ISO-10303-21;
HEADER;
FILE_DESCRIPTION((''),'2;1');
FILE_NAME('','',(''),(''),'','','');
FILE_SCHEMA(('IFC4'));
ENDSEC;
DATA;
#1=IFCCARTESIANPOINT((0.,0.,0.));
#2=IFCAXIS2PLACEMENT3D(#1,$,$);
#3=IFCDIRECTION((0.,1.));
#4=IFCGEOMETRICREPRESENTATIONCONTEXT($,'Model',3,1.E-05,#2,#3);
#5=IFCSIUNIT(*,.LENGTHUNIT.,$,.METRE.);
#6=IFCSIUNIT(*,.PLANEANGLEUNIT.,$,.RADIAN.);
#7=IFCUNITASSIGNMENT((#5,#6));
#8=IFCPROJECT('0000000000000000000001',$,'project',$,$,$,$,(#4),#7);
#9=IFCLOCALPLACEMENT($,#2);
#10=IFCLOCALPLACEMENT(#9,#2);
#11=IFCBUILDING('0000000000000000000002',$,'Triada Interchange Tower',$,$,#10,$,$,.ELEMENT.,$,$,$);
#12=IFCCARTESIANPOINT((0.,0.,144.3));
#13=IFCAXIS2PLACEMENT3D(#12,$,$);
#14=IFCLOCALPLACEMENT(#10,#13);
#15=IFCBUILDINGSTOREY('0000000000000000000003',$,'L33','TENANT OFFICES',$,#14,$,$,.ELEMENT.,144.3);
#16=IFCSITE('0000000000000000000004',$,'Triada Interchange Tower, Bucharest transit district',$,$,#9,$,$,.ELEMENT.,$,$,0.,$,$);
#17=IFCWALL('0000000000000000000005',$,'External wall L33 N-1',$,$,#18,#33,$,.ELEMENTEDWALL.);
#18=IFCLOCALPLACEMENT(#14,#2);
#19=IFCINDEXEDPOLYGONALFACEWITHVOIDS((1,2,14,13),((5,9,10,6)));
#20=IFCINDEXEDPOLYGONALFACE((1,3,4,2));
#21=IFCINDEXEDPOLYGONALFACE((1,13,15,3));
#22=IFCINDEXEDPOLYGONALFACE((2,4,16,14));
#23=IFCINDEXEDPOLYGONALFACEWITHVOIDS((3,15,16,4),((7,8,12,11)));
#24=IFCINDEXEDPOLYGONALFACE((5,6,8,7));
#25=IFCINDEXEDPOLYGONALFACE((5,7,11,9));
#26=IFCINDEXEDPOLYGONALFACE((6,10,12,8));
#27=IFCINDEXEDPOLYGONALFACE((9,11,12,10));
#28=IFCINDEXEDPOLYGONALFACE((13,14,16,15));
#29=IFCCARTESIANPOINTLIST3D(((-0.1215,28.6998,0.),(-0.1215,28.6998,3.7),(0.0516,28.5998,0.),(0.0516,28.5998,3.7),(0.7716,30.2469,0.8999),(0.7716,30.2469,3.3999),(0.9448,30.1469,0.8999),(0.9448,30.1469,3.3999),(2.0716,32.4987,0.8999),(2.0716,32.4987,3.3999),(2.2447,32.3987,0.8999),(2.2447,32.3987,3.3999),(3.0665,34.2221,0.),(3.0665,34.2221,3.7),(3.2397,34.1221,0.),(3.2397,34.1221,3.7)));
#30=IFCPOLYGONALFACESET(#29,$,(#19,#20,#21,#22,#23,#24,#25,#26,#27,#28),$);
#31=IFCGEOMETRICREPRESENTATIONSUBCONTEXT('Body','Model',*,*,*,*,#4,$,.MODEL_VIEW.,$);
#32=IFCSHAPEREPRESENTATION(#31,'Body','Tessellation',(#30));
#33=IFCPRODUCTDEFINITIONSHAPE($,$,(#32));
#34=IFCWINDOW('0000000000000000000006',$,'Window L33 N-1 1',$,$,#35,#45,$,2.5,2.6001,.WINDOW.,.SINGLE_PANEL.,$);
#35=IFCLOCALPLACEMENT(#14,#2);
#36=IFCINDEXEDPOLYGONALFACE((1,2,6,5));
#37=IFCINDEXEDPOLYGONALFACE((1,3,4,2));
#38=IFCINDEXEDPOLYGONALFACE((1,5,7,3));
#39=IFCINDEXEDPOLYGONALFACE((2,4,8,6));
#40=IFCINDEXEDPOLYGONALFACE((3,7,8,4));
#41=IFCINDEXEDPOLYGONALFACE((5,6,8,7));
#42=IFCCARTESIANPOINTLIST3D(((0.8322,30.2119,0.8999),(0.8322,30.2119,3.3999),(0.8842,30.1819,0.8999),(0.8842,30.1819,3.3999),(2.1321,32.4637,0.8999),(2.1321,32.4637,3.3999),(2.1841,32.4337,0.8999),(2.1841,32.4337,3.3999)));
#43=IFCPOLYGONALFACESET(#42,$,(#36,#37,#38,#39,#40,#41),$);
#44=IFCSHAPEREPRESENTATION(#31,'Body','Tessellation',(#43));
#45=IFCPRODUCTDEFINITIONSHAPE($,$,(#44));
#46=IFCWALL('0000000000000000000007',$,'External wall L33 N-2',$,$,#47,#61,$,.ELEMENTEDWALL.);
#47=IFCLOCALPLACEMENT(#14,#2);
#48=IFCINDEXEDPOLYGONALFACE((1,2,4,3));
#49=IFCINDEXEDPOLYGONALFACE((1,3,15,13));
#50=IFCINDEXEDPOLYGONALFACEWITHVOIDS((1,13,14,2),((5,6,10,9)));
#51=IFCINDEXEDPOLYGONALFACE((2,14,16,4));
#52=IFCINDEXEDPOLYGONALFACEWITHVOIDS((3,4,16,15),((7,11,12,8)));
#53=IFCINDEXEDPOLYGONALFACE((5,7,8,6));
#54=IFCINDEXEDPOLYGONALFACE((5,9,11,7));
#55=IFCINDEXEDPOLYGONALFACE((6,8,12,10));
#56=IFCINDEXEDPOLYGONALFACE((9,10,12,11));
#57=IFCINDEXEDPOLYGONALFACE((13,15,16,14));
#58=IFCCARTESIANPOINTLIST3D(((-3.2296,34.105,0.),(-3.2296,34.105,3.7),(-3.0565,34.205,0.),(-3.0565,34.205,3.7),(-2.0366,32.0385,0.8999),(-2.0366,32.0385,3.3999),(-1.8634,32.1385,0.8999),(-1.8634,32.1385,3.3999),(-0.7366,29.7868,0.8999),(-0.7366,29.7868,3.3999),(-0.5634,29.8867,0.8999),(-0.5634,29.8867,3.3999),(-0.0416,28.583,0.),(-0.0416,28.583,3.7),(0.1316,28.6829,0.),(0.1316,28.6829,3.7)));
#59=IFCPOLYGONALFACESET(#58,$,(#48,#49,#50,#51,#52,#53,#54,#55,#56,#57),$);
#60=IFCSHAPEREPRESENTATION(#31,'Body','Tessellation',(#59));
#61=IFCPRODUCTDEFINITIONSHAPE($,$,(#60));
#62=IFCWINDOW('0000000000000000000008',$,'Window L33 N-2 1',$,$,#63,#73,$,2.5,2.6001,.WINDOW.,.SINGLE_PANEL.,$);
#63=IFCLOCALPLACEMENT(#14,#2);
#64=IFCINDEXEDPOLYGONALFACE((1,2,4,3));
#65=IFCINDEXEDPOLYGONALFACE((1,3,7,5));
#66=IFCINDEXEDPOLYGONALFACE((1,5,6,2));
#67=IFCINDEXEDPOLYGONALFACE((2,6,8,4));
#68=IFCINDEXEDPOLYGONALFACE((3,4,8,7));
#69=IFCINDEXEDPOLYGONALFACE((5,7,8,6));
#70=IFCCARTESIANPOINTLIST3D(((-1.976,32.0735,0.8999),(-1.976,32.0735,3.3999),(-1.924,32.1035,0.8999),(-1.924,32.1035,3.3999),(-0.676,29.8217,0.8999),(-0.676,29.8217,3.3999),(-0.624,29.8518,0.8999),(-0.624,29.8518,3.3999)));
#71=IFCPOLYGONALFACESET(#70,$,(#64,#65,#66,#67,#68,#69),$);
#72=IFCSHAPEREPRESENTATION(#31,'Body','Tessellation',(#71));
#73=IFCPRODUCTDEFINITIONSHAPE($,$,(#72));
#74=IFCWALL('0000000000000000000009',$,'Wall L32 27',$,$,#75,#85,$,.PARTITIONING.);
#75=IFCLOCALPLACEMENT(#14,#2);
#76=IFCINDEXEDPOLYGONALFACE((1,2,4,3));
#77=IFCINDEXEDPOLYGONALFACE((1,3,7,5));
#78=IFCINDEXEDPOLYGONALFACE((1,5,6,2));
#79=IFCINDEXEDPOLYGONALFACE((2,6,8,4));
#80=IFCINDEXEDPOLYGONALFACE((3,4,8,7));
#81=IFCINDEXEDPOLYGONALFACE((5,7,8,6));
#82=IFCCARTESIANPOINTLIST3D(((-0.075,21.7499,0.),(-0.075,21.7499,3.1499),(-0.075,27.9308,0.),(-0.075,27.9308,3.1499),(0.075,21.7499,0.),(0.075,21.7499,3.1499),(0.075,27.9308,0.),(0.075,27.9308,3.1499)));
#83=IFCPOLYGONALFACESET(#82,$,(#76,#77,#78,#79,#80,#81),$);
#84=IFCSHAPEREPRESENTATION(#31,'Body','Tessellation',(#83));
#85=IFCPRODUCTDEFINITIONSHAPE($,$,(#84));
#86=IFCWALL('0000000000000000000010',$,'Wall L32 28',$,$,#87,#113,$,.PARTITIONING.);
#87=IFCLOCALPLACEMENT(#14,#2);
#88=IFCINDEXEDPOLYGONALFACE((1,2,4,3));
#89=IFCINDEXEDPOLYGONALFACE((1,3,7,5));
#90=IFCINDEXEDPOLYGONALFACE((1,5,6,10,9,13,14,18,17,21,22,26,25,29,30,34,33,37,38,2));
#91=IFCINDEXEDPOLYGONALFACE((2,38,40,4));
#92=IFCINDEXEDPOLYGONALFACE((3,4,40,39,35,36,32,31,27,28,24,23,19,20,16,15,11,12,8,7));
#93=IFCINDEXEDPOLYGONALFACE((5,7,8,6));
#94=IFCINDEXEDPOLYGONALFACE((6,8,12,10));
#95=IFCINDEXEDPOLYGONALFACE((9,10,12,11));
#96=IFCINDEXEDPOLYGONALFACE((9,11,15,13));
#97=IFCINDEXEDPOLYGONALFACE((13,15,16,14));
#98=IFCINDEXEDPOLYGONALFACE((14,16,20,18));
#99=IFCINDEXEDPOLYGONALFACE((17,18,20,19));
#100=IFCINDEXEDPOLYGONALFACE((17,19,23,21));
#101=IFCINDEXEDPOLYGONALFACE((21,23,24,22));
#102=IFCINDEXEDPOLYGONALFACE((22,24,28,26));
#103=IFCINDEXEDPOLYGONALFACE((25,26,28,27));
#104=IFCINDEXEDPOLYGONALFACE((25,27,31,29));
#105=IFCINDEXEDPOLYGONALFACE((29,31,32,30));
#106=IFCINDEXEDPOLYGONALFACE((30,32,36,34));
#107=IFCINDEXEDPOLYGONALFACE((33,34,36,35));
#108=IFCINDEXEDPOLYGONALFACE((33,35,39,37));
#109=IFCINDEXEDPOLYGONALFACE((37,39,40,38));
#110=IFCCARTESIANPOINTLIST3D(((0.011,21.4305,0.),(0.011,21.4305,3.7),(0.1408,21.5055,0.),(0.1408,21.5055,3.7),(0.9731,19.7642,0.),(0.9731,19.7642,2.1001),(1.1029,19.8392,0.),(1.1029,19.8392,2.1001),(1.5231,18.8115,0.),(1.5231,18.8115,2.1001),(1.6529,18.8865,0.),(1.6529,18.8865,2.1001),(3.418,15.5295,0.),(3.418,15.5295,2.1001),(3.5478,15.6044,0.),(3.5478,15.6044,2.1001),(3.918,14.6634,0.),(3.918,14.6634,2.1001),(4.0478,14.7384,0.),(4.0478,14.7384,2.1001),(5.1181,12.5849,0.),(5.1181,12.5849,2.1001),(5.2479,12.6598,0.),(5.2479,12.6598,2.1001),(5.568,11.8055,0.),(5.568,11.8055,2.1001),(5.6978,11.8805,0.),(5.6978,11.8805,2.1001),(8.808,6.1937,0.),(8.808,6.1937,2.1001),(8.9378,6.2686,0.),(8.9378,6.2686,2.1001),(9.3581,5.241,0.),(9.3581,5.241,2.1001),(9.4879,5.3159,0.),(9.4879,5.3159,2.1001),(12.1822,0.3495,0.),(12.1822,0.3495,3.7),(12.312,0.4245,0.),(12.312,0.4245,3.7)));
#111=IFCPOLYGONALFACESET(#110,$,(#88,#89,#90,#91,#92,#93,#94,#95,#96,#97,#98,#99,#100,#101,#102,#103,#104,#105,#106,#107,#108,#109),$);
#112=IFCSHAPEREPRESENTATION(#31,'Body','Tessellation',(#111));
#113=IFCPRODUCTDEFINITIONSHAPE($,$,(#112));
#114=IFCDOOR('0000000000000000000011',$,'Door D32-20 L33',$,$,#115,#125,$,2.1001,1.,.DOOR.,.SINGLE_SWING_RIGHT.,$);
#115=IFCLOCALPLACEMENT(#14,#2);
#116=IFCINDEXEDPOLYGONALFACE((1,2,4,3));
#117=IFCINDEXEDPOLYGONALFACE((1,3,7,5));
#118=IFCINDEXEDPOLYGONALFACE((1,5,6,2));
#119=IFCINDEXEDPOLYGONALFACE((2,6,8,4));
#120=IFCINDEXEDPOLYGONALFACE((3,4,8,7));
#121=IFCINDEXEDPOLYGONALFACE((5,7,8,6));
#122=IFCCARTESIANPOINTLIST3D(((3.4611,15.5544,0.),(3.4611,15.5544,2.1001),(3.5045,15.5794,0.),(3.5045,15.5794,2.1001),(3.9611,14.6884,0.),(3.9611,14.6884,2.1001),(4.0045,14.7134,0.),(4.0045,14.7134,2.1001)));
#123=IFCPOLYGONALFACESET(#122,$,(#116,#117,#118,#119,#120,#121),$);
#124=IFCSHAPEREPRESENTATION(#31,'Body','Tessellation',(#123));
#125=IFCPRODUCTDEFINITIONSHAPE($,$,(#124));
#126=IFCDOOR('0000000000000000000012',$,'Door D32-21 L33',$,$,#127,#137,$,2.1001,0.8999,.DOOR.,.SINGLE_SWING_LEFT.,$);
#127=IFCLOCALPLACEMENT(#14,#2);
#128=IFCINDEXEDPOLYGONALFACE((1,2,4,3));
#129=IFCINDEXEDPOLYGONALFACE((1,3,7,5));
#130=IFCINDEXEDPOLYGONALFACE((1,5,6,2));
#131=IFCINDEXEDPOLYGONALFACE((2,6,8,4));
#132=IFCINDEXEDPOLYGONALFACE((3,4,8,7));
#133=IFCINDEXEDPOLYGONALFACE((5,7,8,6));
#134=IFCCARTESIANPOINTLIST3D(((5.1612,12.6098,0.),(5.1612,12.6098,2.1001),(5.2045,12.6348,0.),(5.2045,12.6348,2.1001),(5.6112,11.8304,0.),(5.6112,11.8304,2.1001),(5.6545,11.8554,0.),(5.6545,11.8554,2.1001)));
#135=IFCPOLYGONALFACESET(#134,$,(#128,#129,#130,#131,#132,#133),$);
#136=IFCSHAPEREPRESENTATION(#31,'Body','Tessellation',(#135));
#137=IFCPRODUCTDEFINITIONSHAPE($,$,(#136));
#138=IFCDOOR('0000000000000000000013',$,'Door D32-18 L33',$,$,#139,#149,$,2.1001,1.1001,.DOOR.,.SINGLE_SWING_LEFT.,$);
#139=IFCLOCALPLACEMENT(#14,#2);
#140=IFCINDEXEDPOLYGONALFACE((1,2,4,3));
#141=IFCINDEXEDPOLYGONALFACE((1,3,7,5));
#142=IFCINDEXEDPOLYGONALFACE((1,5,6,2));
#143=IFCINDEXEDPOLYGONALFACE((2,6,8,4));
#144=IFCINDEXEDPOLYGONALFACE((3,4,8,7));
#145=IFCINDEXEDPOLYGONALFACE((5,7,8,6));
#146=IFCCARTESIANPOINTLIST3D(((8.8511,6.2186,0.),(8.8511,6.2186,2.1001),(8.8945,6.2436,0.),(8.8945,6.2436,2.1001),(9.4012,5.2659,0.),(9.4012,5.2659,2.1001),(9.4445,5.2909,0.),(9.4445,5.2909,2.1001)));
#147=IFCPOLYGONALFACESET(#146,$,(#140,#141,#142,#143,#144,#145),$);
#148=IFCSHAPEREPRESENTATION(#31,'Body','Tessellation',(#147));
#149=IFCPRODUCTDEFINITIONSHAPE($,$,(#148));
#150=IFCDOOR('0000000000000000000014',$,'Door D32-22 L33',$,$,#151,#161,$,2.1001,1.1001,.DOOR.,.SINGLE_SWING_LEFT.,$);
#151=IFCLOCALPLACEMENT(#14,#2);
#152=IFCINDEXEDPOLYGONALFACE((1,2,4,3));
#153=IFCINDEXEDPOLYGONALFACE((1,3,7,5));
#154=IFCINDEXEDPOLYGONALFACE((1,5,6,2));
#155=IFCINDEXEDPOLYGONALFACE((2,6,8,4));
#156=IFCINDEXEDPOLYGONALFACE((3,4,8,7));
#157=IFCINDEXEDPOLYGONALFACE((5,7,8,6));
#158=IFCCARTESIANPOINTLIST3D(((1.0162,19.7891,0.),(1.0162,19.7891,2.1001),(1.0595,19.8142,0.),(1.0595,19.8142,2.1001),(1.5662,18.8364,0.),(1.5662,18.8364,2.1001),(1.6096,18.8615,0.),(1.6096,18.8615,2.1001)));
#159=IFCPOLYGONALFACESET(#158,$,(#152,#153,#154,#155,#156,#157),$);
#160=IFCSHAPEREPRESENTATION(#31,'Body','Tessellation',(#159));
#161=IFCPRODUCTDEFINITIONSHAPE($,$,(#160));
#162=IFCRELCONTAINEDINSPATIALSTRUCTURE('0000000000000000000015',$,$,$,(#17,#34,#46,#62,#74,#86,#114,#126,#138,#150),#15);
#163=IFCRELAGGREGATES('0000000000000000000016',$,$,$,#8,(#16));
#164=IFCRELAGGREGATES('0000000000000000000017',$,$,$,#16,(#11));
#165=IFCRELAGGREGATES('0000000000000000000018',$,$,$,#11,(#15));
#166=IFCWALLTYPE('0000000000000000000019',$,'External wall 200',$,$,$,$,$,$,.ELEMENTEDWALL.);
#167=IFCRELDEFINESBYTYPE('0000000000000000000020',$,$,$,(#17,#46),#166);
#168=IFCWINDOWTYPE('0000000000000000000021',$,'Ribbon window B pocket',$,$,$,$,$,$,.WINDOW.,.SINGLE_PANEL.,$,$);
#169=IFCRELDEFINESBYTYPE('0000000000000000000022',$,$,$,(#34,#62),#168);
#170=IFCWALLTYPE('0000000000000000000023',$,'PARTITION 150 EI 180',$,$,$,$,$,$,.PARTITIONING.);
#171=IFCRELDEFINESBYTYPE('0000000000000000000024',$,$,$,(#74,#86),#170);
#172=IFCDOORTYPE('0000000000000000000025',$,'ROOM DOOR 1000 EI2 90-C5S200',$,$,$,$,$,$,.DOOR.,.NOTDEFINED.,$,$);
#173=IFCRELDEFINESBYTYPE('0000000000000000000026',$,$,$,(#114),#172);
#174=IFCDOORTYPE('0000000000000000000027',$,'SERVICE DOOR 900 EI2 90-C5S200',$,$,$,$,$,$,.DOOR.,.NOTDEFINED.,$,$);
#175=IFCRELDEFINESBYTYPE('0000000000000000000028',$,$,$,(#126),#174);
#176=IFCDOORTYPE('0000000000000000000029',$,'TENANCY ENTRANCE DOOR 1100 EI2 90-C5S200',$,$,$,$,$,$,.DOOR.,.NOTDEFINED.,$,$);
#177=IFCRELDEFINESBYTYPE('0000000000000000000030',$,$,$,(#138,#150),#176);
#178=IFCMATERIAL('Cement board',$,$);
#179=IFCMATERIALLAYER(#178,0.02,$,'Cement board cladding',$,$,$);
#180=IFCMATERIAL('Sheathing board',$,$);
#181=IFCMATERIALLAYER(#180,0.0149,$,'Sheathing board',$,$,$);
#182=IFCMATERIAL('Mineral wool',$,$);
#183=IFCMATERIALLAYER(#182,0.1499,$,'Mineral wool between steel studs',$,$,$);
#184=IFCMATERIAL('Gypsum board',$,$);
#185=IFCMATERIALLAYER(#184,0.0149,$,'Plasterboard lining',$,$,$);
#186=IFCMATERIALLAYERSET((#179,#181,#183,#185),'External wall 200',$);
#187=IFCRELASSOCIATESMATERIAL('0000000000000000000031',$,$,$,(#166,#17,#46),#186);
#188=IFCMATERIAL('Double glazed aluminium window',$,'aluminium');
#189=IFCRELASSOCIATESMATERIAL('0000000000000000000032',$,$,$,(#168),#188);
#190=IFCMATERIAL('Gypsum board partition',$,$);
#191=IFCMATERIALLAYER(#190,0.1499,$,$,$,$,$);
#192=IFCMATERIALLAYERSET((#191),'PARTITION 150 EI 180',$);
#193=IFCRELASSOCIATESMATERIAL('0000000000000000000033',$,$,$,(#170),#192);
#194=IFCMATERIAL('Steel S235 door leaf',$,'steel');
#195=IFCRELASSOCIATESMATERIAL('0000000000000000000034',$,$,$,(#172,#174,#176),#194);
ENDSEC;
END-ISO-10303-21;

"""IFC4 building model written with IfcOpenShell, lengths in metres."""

from ifc_helpers import new_model, si_unit, direction, frame, frame_2d, origin, place, context, subcontext, project, spatial, rectangle, extrude, material, layer, layer_set, layer_usage, type_object, element, fill, save


model = new_model("IFC4")

# Units and contexts
model_context = context("Model", 3, precision=1e-05, world=origin(), true_north=direction((0.0, 1.0)))
body_context = subcontext(model_context, "Body", "Model", "MODEL_VIEW")
ifc_project = project(units=[si_unit("LENGTHUNIT", "METRE"), si_unit("PLANEANGLEUNIT", "RADIAN")], contexts=[model_context])

# Site, building, storey
site_placement = place(None, origin())
site = spatial("IfcSite", under=ifc_project, at=site_placement, Name="Triada Interchange Tower, Bucharest transit district", CompositionType="ELEMENT", RefElevation=0.0)
building_placement = place(site_placement, origin())
building = spatial("IfcBuilding", under=site, at=building_placement, Name="Triada Interchange Tower", CompositionType="ELEMENT")
storey_placement = place(building_placement, frame((0.0, 0.0, 144.3)))
storey = spatial("IfcBuildingStorey", under=building, at=storey_placement, Name="L33", Description="TENANT OFFICES", CompositionType="ELEMENT", Elevation=144.3)

# Walls, openings, windows
ifc_material_1 = material(Name="Cement board")
ifc_layer_1 = layer(ifc_material_1, 0.02, Name="Cement board cladding")
ifc_material_2 = material(Name="Sheathing board")
ifc_layer_2 = layer(ifc_material_2, 0.0149, Name="Sheathing board")
ifc_material_3 = material(Name="Mineral wool")
ifc_layer_3 = layer(ifc_material_3, 0.1499, Name="Mineral wool between steel studs")
ifc_material_4 = material(Name="Gypsum board")
ifc_layer_4 = layer(ifc_material_4, 0.0149, Name="Plasterboard lining")
ifc_layer_set_1 = layer_set([ifc_layer_1, ifc_layer_2, ifc_layer_3, ifc_layer_4], Name="External wall 200")
ifc_layer_usage = layer_usage(ifc_layer_set_1, "AXIS2", "POSITIVE", -0.1001)
wall_type_1 = type_object("IfcWallType", Name="External wall 200", PredefinedType="ELEMENTEDWALL", material=ifc_layer_set_1)
wall_1_placement = place(storey_placement, frame((3.1531, 34.1721, 0.0), z_axis=(0.0, 0.0, 1.0), x_axis=(-0.499969, -0.866043, 0.0)))
wall_1 = element("IfcWall", 1, at=wall_1_placement, inside=storey, type_object=wall_type_1, material=ifc_layer_usage, Name="External wall L33 N-1", PredefinedType="ELEMENTEDWALL", context=body_context, shape_type="SweptSolid", body=[
    extrude(rectangle(XDim=6.3765, YDim=0.2, at=frame_2d((3.1882, 0.0))), origin(), (0.0, 0.0, 1.0), 3.7),
])
opening_1_placement = place(wall_1_placement, frame((1.99, 0.0, 0.8999)))
opening_1 = element("IfcOpeningElement", 2, at=opening_1_placement, cuts=wall_1, PredefinedType="OPENING", context=body_context, shape_type="SweptSolid", body=[
    extrude(rectangle(XDim=2.6001, YDim=2.5, at=frame_2d((1.3, 1.25))), frame((0.0, 0.1099, 0.0), z_axis=(0.0, -1.0, 0.0), x_axis=(1.0, 0.0, 0.0)), (0.0, 0.0, 1.0), 0.22),
])
ifc_material_5 = material(Name="Double glazed aluminium window", Category="aluminium")
window_type = type_object("IfcWindowType", Name="Ribbon window B pocket", PartitioningType="SINGLE_PANEL", PredefinedType="WINDOW", material=ifc_material_5)
window_1_placement = place(opening_1_placement, origin())
window_1 = element("IfcWindow", 3, at=window_1_placement, inside=storey, type_object=window_type, Name="Window L33 N-1 1", OverallHeight=2.5, OverallWidth=2.6001, PartitioningType="SINGLE_PANEL", PredefinedType="WINDOW", context=body_context, shape_type="SweptSolid", body=[
    extrude(rectangle(XDim=2.6001, YDim=2.5, at=frame_2d((1.3, 1.25))), frame((0.0, 0.03, 0.0), z_axis=(0.0, -1.0, 0.0), x_axis=(1.0, 0.0, 0.0)), (0.0, 0.0, 1.0), 0.0601),
])
fill(opening_1, window_1)
wall_2_placement = place(storey_placement, frame((0.0449, 28.6331, 0.0), z_axis=(0.0, 0.0, 1.0), x_axis=(-0.499985, 0.866034, 0.0)))
wall_2 = element("IfcWall", 4, at=wall_2_placement, inside=storey, type_object=wall_type_1, material=ifc_layer_usage, Name="External wall L33 N-2", PredefinedType="ELEMENTEDWALL", context=body_context, shape_type="SweptSolid", body=[
    extrude(rectangle(XDim=6.3762, YDim=0.2, at=frame_2d((3.188, 0.0))), origin(), (0.0, 0.0, 1.0), 3.7),
])
opening_2_placement = place(wall_2_placement, frame((1.3899, 0.0, 0.8999)))
opening_2 = element("IfcOpeningElement", 5, at=opening_2_placement, cuts=wall_2, PredefinedType="OPENING", context=body_context, shape_type="SweptSolid", body=[
    extrude(rectangle(XDim=2.6001, YDim=2.5, at=frame_2d((1.3, 1.25))), frame((0.0, 0.1099, 0.0), z_axis=(0.0, -1.0, 0.0), x_axis=(1.0, 0.0, 0.0)), (0.0, 0.0, 1.0), 0.22),
])
window_2_placement = place(opening_2_placement, origin())
window_2 = element("IfcWindow", 6, at=window_2_placement, inside=storey, type_object=window_type, Name="Window L33 N-2 1", OverallHeight=2.5, OverallWidth=2.6001, PartitioningType="SINGLE_PANEL", PredefinedType="WINDOW", context=body_context, shape_type="SweptSolid", body=[
    extrude(rectangle(XDim=2.6001, YDim=2.5, at=frame_2d((1.3, 1.25))), frame((0.0, 0.03, 0.0), z_axis=(0.0, -1.0, 0.0), x_axis=(1.0, 0.0, 0.0)), (0.0, 0.0, 1.0), 0.0601),
])
fill(opening_2, window_2)

# Wall
ifc_material_6 = material(Name="Gypsum board partition")
ifc_layer_5 = layer(ifc_material_6, 0.1499)
ifc_layer_set_2 = layer_set([ifc_layer_5], Name="PARTITION 150 EI 180")
wall_type_2 = type_object("IfcWallType", Name="PARTITION 150 EI 180", PredefinedType="PARTITIONING", material=ifc_layer_set_2)
wall_3_placement = place(storey_placement, frame((0.0, 21.75, 0.0), z_axis=(0.0, 0.0, 1.0), x_axis=(0.0, 1.0, 0.0)))
element("IfcWall", 7, at=wall_3_placement, inside=storey, type_object=wall_type_2, Name="Wall L32 27", PredefinedType="PARTITIONING", context=body_context, shape_type="SweptSolid", body=[
    extrude(rectangle(XDim=6.1809, YDim=0.1499, at=frame_2d((3.0903, 0.0))), origin(), (0.0, 0.0, 1.0), 3.1499),
])

# Wall, openings, doors
wall_4_placement = place(storey_placement, frame((0.0759, 21.468, 0.0), z_axis=(0.0, 0.0, 1.0), x_axis=(0.5, -0.866026, 0.0)))
wall_4 = element("IfcWall", 8, at=wall_4_placement, inside=storey, type_object=wall_type_2, Name="Wall L32 28", PredefinedType="PARTITIONING", context=body_context, shape_type="SweptSolid", body=[
    extrude(rectangle(XDim=24.3423, YDim=0.1499, at=frame_2d((12.1711, 0.0))), origin(), (0.0, 0.0, 1.0), 3.7),
])
opening_3_placement = place(wall_4_placement, frame((17.594, 0.0, 0.0)))
opening_3 = element("IfcOpeningElement", 9, at=opening_3_placement, cuts=wall_4, PredefinedType="OPENING", context=body_context, shape_type="SweptSolid", body=[
    extrude(rectangle(XDim=1.1001, YDim=2.1001, at=frame_2d((0.55, 1.05))), frame((0.0, 0.085, 0.0), z_axis=(0.0, -1.0, 0.0), x_axis=(1.0, 0.0, 0.0)), (0.0, 0.0, 1.0), 0.1699),
])
opening_4_placement = place(wall_4_placement, frame((6.814, 0.0, 0.0)))
opening_4 = element("IfcOpeningElement", 10, at=opening_4_placement, cuts=wall_4, PredefinedType="OPENING", context=body_context, shape_type="SweptSolid", body=[
    extrude(rectangle(XDim=1.0, YDim=2.1001, at=frame_2d((0.5, 1.05))), frame((0.0, 0.085, 0.0), z_axis=(0.0, -1.0, 0.0), x_axis=(1.0, 0.0, 0.0)), (0.0, 0.0, 1.0), 0.1699),
])
opening_5_placement = place(wall_4_placement, frame((10.2141, 0.0, 0.0)))
opening_5 = element("IfcOpeningElement", 11, at=opening_5_placement, cuts=wall_4, PredefinedType="OPENING", context=body_context, shape_type="SweptSolid", body=[
    extrude(rectangle(XDim=0.8999, YDim=2.1001, at=frame_2d((0.45, 1.05))), frame((0.0, 0.085, 0.0), z_axis=(0.0, -1.0, 0.0), x_axis=(1.0, 0.0, 0.0)), (0.0, 0.0, 1.0), 0.1699),
])
opening_6_placement = place(wall_4_placement, frame((1.9241, 0.0, 0.0)))
opening_6 = element("IfcOpeningElement", 12, at=opening_6_placement, cuts=wall_4, PredefinedType="OPENING", context=body_context, shape_type="SweptSolid", body=[
    extrude(rectangle(XDim=1.1001, YDim=2.1001, at=frame_2d((0.55, 1.05))), frame((0.0, 0.085, 0.0), z_axis=(0.0, -1.0, 0.0), x_axis=(1.0, 0.0, 0.0)), (0.0, 0.0, 1.0), 0.1699),
])
ifc_material_7 = material(Name="Steel S235 door leaf", Category="steel")
door_type_1 = type_object("IfcDoorType", Name="ROOM DOOR 1000 EI2 90-C5S200", OperationType="NOTDEFINED", PredefinedType="DOOR", material=ifc_material_7)
door_1_placement = place(opening_4_placement, origin())
door_1 = element("IfcDoor", 13, at=door_1_placement, inside=storey, type_object=door_type_1, Name="Door D32-20 L33", OperationType="SINGLE_SWING_RIGHT", OverallHeight=2.1001, OverallWidth=1.0, PredefinedType="DOOR", context=body_context, shape_type="SweptSolid", body=[
    extrude(rectangle(XDim=1.0, YDim=2.1001, at=frame_2d((0.5, 1.05))), frame((0.0, 0.0249, 0.0), z_axis=(0.0, -1.0, 0.0), x_axis=(1.0, 0.0, 0.0)), (0.0, 0.0, 1.0), 0.05),
])
fill(opening_4, door_1)
door_type_2 = type_object("IfcDoorType", Name="SERVICE DOOR 900 EI2 90-C5S200", OperationType="NOTDEFINED", PredefinedType="DOOR", material=ifc_material_7)
door_2_placement = place(opening_5_placement, origin())
door_2 = element("IfcDoor", 14, at=door_2_placement, inside=storey, type_object=door_type_2, Name="Door D32-21 L33", OperationType="SINGLE_SWING_LEFT", OverallHeight=2.1001, OverallWidth=0.8999, PredefinedType="DOOR", context=body_context, shape_type="SweptSolid", body=[
    extrude(rectangle(XDim=0.8999, YDim=2.1001, at=frame_2d((0.45, 1.05))), frame((0.0, 0.0249, 0.0), z_axis=(0.0, -1.0, 0.0), x_axis=(1.0, 0.0, 0.0)), (0.0, 0.0, 1.0), 0.05),
])
fill(opening_5, door_2)
door_type_3 = type_object("IfcDoorType", Name="TENANCY ENTRANCE DOOR 1100 EI2 90-C5S200", OperationType="NOTDEFINED", PredefinedType="DOOR", material=ifc_material_7)
door_3_placement = place(opening_3_placement, origin())
door_3 = element("IfcDoor", 15, at=door_3_placement, inside=storey, type_object=door_type_3, Name="Door D32-18 L33", OperationType="SINGLE_SWING_LEFT", OverallHeight=2.1001, OverallWidth=1.1001, PredefinedType="DOOR", context=body_context, shape_type="SweptSolid", body=[
    extrude(rectangle(XDim=1.1001, YDim=2.1001, at=frame_2d((0.55, 1.05))), frame((0.0, 0.0249, 0.0), z_axis=(0.0, -1.0, 0.0), x_axis=(1.0, 0.0, 0.0)), (0.0, 0.0, 1.0), 0.05),
])
fill(opening_3, door_3)
door_4_placement = place(opening_6_placement, origin())
door_4 = element("IfcDoor", 16, at=door_4_placement, inside=storey, type_object=door_type_3, Name="Door D32-22 L33", OperationType="SINGLE_SWING_LEFT", OverallHeight=2.1001, OverallWidth=1.1001, PredefinedType="DOOR", context=body_context, shape_type="SweptSolid", body=[
    extrude(rectangle(XDim=1.1001, YDim=2.1001, at=frame_2d((0.55, 1.05))), frame((0.0, 0.0249, 0.0), z_axis=(0.0, -1.0, 0.0), x_axis=(1.0, 0.0, 0.0)), (0.0, 0.0, 1.0), 0.05),
])
fill(opening_6, door_4)

save(model, "model.ifc")
